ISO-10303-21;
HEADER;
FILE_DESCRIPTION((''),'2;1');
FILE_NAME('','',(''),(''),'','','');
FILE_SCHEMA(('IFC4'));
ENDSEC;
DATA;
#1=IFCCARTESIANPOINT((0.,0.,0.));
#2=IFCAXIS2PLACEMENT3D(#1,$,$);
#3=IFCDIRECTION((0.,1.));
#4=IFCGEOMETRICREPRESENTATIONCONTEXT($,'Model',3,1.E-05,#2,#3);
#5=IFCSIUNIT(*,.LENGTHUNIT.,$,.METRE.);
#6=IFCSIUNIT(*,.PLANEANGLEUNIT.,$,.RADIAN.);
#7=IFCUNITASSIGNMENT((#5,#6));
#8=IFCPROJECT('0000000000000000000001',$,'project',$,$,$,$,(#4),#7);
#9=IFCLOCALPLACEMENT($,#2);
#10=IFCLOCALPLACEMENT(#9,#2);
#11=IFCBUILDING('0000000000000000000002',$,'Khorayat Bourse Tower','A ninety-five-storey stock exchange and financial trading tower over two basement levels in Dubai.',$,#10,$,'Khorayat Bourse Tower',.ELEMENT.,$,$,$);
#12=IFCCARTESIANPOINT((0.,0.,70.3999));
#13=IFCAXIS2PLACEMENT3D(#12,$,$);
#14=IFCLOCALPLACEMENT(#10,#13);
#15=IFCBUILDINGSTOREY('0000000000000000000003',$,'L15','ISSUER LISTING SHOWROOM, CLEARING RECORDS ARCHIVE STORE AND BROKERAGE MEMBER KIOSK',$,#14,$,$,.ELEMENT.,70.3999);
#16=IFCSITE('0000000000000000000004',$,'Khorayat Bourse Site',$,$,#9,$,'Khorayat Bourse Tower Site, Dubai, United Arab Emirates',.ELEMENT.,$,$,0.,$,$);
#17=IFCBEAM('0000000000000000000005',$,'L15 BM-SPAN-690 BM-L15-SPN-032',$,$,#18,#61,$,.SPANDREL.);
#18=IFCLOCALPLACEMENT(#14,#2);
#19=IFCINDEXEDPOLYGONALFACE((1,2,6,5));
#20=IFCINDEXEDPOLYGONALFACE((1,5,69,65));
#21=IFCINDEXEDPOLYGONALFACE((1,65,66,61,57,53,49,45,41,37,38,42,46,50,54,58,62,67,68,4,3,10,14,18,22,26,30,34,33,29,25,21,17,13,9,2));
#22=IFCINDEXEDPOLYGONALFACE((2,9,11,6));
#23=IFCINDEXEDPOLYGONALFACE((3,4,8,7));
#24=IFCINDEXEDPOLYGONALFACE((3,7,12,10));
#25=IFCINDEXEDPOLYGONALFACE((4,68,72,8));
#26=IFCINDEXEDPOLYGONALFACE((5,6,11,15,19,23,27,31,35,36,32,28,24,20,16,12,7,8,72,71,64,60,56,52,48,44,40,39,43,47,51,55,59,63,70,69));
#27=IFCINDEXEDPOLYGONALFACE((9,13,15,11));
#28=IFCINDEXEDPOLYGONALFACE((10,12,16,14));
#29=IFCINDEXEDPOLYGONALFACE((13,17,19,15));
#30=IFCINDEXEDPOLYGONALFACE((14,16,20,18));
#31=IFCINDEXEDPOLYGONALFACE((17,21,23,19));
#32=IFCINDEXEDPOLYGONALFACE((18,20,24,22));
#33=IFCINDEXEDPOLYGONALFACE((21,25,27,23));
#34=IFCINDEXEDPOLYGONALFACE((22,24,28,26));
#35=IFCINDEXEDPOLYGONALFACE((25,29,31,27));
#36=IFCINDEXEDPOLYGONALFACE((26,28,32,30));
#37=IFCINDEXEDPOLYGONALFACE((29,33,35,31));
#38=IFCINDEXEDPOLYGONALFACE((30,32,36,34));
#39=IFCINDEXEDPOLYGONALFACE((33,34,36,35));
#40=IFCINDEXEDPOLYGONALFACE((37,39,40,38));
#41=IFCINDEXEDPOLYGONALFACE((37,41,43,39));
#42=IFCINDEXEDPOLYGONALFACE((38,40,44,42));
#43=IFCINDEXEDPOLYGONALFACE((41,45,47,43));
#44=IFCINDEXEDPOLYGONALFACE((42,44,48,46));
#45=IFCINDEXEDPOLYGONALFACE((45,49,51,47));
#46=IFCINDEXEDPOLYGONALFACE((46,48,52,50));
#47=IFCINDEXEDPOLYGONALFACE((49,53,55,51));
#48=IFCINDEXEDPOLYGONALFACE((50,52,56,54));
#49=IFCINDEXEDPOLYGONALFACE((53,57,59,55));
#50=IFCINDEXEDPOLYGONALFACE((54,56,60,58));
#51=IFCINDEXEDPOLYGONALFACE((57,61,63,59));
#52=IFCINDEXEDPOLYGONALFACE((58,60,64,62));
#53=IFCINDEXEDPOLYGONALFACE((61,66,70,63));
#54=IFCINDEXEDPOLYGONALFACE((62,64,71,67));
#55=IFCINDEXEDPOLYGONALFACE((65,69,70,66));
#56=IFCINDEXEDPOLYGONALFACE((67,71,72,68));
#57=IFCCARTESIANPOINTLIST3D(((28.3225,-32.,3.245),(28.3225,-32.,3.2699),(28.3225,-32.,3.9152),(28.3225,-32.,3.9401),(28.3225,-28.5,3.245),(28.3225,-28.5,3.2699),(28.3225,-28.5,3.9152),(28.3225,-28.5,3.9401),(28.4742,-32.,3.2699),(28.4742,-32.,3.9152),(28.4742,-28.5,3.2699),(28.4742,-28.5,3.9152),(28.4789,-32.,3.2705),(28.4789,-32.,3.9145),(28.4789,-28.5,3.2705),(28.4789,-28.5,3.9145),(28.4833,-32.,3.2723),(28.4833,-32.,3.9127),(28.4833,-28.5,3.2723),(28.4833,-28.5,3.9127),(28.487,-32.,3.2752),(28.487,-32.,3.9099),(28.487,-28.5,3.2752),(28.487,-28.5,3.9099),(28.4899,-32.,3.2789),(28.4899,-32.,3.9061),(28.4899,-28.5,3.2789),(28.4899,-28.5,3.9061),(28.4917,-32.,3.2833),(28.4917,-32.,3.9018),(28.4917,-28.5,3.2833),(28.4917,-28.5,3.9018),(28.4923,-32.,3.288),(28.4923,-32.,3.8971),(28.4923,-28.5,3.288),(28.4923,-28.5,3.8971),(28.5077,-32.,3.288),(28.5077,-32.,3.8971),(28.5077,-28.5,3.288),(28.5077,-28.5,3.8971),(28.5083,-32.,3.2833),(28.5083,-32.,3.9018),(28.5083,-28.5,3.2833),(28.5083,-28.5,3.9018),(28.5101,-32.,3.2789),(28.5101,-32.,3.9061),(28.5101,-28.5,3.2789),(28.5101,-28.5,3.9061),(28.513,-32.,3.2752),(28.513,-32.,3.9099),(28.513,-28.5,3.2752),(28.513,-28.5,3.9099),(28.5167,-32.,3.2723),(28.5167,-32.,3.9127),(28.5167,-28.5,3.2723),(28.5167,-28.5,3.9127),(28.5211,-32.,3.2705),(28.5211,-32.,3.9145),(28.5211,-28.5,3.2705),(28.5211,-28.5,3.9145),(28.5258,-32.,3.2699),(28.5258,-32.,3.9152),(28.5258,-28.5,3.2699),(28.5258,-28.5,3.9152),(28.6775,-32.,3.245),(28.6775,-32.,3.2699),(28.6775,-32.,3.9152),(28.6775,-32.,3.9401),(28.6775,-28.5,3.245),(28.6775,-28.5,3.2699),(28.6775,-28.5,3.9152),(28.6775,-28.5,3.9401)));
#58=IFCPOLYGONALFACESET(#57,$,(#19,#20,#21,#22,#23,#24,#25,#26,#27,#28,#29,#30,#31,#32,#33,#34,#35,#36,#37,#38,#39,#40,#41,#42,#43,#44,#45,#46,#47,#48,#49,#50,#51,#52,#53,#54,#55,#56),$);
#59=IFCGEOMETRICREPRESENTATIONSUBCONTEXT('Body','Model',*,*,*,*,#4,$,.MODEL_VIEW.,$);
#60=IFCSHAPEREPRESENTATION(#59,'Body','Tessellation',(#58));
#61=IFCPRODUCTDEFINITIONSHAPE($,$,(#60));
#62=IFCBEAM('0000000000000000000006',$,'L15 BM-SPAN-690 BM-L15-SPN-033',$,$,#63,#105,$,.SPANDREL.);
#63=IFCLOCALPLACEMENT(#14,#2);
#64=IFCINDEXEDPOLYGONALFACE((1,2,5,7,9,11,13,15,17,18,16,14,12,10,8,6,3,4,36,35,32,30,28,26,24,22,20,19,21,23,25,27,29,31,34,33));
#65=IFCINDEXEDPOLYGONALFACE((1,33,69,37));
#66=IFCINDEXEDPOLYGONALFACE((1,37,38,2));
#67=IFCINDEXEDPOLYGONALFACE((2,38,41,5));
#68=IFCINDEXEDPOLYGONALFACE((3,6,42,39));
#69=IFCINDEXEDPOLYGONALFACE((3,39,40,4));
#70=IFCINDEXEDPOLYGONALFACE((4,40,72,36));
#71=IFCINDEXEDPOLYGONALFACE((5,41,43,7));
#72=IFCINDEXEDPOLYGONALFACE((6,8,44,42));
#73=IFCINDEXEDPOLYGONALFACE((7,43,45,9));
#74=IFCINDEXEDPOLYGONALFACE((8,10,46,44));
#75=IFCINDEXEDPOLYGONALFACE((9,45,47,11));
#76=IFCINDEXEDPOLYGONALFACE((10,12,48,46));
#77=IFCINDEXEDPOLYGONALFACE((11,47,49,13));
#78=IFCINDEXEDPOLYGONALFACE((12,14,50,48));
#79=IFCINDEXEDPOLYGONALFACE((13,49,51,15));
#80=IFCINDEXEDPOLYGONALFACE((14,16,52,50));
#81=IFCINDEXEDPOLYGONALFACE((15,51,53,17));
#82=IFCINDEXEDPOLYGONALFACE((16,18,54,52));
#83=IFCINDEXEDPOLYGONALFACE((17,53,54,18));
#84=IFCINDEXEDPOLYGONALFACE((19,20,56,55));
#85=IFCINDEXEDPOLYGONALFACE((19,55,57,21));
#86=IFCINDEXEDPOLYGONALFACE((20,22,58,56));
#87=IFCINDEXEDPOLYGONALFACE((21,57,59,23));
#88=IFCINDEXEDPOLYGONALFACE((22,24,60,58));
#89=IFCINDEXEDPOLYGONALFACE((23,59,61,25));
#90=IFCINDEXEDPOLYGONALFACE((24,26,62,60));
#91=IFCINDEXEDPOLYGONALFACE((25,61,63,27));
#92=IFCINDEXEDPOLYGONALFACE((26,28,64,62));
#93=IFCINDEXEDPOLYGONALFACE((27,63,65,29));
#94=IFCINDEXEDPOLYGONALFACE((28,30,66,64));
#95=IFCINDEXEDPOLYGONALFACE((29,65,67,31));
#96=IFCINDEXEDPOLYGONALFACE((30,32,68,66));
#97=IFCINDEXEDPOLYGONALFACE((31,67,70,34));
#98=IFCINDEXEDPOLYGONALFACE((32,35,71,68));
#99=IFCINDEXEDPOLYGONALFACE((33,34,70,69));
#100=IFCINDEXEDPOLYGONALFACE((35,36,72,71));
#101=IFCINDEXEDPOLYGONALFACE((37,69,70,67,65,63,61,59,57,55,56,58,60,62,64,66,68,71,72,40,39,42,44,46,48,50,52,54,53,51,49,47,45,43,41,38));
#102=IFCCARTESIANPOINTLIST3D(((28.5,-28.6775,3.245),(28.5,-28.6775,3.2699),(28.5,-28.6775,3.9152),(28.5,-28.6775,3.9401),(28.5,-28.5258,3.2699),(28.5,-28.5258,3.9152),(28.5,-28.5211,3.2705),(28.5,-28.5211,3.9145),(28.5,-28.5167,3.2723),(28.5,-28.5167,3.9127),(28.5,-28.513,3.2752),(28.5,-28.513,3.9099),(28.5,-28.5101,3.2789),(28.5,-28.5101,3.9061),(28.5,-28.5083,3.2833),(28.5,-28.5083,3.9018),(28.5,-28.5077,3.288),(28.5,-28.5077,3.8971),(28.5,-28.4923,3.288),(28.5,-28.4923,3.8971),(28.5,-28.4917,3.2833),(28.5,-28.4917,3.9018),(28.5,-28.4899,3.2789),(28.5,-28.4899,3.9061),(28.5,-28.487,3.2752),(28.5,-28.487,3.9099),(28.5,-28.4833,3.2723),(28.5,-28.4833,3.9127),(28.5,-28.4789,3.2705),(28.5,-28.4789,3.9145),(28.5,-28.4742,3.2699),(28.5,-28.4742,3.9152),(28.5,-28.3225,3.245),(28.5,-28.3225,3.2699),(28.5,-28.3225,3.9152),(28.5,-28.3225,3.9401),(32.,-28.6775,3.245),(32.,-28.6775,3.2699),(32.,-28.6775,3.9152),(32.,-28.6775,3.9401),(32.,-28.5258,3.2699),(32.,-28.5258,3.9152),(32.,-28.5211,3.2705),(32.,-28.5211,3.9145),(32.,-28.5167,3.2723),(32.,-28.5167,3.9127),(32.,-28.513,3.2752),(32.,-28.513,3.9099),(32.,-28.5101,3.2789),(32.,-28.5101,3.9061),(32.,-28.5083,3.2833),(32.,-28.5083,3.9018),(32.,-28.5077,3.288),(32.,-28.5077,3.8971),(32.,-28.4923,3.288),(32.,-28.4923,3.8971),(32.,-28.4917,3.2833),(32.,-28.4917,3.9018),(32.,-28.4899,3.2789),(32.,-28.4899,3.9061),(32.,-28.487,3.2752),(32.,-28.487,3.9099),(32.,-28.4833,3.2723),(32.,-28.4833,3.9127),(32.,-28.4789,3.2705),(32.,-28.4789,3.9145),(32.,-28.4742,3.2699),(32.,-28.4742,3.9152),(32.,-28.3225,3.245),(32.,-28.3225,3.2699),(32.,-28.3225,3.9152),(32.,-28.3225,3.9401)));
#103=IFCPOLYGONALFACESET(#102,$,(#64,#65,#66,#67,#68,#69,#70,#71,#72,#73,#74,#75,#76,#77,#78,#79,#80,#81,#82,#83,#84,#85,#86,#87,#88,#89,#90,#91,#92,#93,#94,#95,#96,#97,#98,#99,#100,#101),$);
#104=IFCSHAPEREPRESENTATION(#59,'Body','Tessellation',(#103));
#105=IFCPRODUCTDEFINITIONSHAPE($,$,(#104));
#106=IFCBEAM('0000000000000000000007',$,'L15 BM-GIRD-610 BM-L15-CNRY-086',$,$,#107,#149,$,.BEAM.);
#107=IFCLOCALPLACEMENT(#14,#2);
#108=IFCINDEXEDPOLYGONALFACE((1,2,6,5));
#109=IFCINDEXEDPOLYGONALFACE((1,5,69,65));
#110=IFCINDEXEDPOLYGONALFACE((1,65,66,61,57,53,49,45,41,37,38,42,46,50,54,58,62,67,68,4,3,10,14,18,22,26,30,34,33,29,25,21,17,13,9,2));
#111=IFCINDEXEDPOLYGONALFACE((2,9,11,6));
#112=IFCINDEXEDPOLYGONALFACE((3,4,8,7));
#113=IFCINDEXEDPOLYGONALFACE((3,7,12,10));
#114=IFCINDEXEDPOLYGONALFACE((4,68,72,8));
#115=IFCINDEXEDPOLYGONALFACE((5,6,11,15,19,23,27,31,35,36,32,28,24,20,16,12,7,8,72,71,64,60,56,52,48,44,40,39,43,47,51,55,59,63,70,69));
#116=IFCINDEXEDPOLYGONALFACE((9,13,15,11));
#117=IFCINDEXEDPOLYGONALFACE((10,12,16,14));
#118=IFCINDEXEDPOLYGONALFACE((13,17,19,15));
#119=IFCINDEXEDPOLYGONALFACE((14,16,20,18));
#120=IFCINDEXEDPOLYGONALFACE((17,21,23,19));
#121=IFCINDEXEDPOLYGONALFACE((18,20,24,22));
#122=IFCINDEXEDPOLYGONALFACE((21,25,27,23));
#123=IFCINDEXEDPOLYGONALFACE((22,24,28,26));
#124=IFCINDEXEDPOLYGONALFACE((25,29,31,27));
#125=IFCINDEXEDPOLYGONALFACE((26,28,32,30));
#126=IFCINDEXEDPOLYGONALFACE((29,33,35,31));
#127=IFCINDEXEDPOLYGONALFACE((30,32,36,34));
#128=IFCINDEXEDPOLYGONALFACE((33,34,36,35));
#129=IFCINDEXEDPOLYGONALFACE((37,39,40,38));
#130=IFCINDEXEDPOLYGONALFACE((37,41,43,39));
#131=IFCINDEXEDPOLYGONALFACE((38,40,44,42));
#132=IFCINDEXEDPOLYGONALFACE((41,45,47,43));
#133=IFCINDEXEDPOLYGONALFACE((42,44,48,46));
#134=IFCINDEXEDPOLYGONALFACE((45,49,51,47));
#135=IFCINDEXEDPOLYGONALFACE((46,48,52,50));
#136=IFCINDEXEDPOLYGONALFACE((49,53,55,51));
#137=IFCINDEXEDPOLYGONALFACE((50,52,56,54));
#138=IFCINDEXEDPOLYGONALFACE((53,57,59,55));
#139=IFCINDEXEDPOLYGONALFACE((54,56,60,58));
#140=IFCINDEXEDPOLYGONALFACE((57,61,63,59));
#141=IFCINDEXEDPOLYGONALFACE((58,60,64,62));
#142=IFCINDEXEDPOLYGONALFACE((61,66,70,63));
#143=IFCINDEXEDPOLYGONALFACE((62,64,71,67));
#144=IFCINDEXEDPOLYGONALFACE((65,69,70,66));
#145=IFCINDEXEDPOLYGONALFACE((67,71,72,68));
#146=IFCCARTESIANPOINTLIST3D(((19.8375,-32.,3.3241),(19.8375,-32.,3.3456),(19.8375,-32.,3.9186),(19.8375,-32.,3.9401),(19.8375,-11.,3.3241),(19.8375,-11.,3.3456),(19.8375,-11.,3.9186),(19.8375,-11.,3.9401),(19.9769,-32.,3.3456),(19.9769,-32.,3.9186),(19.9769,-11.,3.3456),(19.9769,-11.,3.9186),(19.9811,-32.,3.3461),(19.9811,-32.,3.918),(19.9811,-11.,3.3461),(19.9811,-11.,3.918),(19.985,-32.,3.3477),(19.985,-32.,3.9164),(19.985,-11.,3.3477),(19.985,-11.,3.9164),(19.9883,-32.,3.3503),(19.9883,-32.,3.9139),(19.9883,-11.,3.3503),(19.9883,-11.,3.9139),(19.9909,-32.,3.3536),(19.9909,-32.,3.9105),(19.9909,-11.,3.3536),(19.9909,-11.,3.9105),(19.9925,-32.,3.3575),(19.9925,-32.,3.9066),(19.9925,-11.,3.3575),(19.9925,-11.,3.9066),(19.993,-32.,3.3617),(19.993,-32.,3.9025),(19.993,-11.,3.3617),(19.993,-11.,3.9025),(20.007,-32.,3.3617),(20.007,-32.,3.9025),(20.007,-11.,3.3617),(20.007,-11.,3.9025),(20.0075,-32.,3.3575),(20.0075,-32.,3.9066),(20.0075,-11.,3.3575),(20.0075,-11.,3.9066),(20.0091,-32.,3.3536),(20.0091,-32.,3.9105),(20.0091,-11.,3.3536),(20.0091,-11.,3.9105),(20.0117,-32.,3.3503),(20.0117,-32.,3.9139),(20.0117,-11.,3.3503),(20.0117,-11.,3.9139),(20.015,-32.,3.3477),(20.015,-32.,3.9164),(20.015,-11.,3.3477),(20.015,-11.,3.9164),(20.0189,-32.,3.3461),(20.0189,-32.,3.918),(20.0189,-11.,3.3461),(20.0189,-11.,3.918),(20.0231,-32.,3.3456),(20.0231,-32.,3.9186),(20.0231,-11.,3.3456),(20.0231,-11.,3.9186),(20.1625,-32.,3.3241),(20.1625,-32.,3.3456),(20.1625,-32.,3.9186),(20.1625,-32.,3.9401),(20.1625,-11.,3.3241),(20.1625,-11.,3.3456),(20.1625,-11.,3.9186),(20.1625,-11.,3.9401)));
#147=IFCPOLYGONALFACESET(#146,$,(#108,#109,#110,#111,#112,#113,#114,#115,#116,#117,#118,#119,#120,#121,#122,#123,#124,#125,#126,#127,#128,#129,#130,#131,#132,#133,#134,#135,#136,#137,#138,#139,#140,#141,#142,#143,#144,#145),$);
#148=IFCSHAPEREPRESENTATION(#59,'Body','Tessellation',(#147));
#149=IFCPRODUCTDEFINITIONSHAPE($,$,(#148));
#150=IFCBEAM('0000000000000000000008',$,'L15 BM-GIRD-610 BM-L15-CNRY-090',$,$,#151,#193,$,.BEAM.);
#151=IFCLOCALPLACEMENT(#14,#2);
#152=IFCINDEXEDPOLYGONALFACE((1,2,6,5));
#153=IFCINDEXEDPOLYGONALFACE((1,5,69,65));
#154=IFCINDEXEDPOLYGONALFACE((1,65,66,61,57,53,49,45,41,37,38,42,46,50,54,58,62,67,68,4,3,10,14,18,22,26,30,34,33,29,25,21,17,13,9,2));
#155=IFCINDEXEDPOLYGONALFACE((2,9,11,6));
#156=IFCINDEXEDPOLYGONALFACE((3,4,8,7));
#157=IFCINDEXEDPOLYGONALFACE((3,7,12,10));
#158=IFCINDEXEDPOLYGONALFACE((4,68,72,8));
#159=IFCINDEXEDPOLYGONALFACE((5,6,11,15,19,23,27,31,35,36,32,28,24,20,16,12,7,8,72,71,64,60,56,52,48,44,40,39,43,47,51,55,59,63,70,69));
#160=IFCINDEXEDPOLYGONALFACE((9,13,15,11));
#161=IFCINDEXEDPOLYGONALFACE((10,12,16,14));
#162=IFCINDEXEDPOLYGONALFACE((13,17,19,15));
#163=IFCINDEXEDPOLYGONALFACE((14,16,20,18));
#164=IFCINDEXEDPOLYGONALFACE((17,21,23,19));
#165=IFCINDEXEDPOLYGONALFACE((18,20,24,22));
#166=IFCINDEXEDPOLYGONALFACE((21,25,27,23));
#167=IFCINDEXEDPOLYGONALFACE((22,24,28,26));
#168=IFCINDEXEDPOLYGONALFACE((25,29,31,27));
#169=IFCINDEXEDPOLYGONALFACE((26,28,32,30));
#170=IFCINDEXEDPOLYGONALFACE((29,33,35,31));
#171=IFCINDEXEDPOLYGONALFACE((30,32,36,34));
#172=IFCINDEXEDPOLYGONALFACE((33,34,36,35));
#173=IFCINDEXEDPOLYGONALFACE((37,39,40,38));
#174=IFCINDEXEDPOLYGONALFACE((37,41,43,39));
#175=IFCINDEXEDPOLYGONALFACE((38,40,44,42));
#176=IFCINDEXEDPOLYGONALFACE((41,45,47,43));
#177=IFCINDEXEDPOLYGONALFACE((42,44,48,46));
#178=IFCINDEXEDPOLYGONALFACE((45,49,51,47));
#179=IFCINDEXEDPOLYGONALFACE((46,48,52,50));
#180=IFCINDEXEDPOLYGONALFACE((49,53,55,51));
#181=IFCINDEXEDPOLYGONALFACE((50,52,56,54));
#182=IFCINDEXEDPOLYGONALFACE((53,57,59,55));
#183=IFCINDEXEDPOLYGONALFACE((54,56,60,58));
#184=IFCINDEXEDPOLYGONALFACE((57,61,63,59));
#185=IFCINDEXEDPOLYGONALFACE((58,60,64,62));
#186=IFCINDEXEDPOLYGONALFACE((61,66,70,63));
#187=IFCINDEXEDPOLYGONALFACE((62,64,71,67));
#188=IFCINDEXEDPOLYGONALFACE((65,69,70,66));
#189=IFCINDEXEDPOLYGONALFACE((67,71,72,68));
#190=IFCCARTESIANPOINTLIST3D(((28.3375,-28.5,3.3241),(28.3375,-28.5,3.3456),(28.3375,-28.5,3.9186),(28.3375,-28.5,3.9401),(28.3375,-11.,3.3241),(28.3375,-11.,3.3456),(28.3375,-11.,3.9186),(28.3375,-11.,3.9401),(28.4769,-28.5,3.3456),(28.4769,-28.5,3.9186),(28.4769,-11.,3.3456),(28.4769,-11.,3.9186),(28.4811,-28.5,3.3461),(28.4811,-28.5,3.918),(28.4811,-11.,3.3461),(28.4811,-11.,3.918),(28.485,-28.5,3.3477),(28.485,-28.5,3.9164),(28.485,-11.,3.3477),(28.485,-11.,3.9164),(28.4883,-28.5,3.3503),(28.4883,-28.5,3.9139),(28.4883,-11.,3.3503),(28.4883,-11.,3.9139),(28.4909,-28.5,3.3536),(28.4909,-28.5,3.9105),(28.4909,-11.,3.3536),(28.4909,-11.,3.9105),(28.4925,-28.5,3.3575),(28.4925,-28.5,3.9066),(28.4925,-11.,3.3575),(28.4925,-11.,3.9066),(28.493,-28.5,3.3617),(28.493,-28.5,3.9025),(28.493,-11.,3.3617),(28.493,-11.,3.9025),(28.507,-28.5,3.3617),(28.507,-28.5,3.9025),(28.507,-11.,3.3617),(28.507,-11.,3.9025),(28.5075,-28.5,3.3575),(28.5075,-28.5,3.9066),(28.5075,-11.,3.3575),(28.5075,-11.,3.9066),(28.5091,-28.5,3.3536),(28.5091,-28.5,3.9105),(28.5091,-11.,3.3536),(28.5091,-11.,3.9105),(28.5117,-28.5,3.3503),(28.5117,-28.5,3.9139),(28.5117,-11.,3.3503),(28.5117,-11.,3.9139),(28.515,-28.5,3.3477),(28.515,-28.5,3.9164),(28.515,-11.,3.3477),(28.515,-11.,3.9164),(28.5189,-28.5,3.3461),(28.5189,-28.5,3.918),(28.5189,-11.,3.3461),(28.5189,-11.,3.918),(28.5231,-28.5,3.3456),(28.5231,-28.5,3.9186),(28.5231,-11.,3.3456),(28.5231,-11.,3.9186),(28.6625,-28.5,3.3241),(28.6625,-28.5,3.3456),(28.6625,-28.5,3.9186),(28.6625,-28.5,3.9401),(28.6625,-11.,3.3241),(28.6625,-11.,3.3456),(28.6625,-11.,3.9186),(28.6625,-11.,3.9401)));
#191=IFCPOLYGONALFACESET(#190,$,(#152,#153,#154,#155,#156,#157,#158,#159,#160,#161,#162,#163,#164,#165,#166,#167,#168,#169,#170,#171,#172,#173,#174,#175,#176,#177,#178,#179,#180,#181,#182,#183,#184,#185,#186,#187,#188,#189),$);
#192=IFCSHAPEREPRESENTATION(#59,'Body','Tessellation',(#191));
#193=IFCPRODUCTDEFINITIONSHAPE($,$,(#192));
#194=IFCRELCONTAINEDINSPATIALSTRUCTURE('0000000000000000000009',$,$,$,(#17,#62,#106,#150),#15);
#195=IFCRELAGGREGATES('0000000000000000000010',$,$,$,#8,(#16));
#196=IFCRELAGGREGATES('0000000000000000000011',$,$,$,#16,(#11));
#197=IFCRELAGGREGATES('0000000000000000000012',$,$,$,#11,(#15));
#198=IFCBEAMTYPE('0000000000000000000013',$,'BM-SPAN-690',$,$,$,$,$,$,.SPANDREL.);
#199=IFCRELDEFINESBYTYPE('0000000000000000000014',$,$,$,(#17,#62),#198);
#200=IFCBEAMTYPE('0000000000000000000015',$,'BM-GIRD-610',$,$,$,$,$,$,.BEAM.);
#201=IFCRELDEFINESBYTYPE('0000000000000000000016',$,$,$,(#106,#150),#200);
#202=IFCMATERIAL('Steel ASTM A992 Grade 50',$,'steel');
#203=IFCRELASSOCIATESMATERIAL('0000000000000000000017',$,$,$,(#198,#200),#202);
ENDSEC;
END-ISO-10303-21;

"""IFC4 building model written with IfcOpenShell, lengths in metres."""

from ifc_helpers import new_model, si_unit, direction, frame, origin, origin_2d, place, context, subcontext, project, spatial, i_section, extrude, source, transform, mapped, material, material_profile, profile_set, type_object, element, save


model = new_model("IFC4")

# Units and contexts
model_context = context("Model", 3, precision=1e-05, world=origin(), true_north=direction((0.0, 1.0)))
body_context = subcontext(model_context, "Body", "Model", "MODEL_VIEW")
ifc_project = project(units=[si_unit("LENGTHUNIT", "METRE"), si_unit("PLANEANGLEUNIT", "RADIAN")], contexts=[model_context])

# Site, building, storey
site_placement = place(None, origin())
site = spatial("IfcSite", under=ifc_project, at=site_placement, Name="Khorayat Bourse Site", LongName="Khorayat Bourse Tower Site, Dubai, United Arab Emirates", CompositionType="ELEMENT", RefElevation=0.0)
building_placement = place(site_placement, origin())
building = spatial("IfcBuilding", under=site, at=building_placement, Name="Khorayat Bourse Tower", Description="A ninety-five-storey stock exchange and financial trading tower over two basement levels in Dubai.", LongName="Khorayat Bourse Tower", CompositionType="ELEMENT")
storey_placement = place(building_placement, frame((0.0, 0.0, 70.3999)))
storey = spatial("IfcBuildingStorey", under=building, at=storey_placement, Name="L15", Description="ISSUER LISTING SHOWROOM, CLEARING RECORDS ARCHIVE STORE AND BROKERAGE MEMBER KIOSK", CompositionType="ELEMENT", Elevation=70.3999)

# Beams
ifc_material_1 = material(Name="Steel ASTM A992 Grade 50", Category="steel")
ifc_material_profile_1 = material_profile(ifc_material_1, i_section(OverallWidth=0.355, OverallDepth=0.6951, WebThickness=0.0154, FlangeThickness=0.0249, FilletRadius=0.0181, at=origin_2d()), Name="W690X217")
ifc_profile_set_1 = profile_set([ifc_material_profile_1], Name="Steel ASTM A992 Grade 50")
beam_type_1 = type_object("IfcBeamType", Name="BM-SPAN-690", PredefinedType="SPANDREL", material=ifc_profile_set_1)
shared_shape_1 = source(origin(), body_context, "Body", "SweptSolid", [
    extrude(i_section(OverallWidth=0.355, OverallDepth=0.6951, WebThickness=0.0154, FlangeThickness=0.0249, FilletRadius=0.0181, at=origin_2d()), origin(), (0.0, 0.0, 1.0), 3.5),
])
for number, where, z_axis, x_axis, name in (
    (1, (28.5, -32.0, 3.5925), (0.0, 1.0, 0.0), (-1.0, 0.0, 0.0), "L15 BM-SPAN-690 BM-L15-SPN-032"),
    (2, (28.5, -28.5, 3.5925), (1.0, 0.0, 0.0), (0.0, 1.0, 0.0), "L15 BM-SPAN-690 BM-L15-SPN-033"),
):
    element("IfcBeam", number, at=place(storey_placement, frame(where, z_axis=z_axis, x_axis=x_axis)), inside=storey, type_object=beam_type_1, Name=name, PredefinedType="SPANDREL", context=body_context, shape_type="MappedRepresentation", body=[
        mapped(shared_shape_1, transform((0.0, 0.0, 0.0), scale=1.0)),
    ])
ifc_material_profile_2 = material_profile(ifc_material_1, i_section(OverallWidth=0.325, OverallDepth=0.616, WebThickness=0.0139, FlangeThickness=0.0215, FilletRadius=0.0161, at=origin_2d()), Name="W610X174")
ifc_profile_set_2 = profile_set([ifc_material_profile_2], Name="Steel ASTM A992 Grade 50")
beam_type_2 = type_object("IfcBeamType", Name="BM-GIRD-610", PredefinedType="BEAM", material=ifc_profile_set_2)
shared_shape_2 = source(origin(), body_context, "Body", "SweptSolid", [
    extrude(i_section(OverallWidth=0.325, OverallDepth=0.616, WebThickness=0.0139, FlangeThickness=0.0215, FilletRadius=0.0161, at=origin_2d()), origin(), (0.0, 0.0, 1.0), 21.0),
])
beam_1_placement = place(storey_placement, frame((20.0, -32.0, 3.6321), z_axis=(0.0, 1.0, 0.0), x_axis=(-1.0, 0.0, 0.0)))
element("IfcBeam", 3, at=beam_1_placement, inside=storey, type_object=beam_type_2, Name="L15 BM-GIRD-610 BM-L15-CNRY-086", PredefinedType="BEAM", context=body_context, shape_type="MappedRepresentation", body=[
    mapped(shared_shape_2, transform((0.0, 0.0, 0.0), scale=1.0)),
])
shared_shape_3 = source(origin(), body_context, "Body", "SweptSolid", [
    extrude(i_section(OverallWidth=0.325, OverallDepth=0.616, WebThickness=0.0139, FlangeThickness=0.0215, FilletRadius=0.0161, at=origin_2d()), origin(), (0.0, 0.0, 1.0), 17.5),
])
beam_2_placement = place(storey_placement, frame((28.5, -28.5, 3.6321), z_axis=(0.0, 1.0, 0.0), x_axis=(-1.0, 0.0, 0.0)))
element("IfcBeam", 4, at=beam_2_placement, inside=storey, type_object=beam_type_2, Name="L15 BM-GIRD-610 BM-L15-CNRY-090", PredefinedType="BEAM", context=body_context, shape_type="MappedRepresentation", body=[
    mapped(shared_shape_3, transform((0.0, 0.0, 0.0), scale=1.0)),
])

save(model, "model.ifc")
